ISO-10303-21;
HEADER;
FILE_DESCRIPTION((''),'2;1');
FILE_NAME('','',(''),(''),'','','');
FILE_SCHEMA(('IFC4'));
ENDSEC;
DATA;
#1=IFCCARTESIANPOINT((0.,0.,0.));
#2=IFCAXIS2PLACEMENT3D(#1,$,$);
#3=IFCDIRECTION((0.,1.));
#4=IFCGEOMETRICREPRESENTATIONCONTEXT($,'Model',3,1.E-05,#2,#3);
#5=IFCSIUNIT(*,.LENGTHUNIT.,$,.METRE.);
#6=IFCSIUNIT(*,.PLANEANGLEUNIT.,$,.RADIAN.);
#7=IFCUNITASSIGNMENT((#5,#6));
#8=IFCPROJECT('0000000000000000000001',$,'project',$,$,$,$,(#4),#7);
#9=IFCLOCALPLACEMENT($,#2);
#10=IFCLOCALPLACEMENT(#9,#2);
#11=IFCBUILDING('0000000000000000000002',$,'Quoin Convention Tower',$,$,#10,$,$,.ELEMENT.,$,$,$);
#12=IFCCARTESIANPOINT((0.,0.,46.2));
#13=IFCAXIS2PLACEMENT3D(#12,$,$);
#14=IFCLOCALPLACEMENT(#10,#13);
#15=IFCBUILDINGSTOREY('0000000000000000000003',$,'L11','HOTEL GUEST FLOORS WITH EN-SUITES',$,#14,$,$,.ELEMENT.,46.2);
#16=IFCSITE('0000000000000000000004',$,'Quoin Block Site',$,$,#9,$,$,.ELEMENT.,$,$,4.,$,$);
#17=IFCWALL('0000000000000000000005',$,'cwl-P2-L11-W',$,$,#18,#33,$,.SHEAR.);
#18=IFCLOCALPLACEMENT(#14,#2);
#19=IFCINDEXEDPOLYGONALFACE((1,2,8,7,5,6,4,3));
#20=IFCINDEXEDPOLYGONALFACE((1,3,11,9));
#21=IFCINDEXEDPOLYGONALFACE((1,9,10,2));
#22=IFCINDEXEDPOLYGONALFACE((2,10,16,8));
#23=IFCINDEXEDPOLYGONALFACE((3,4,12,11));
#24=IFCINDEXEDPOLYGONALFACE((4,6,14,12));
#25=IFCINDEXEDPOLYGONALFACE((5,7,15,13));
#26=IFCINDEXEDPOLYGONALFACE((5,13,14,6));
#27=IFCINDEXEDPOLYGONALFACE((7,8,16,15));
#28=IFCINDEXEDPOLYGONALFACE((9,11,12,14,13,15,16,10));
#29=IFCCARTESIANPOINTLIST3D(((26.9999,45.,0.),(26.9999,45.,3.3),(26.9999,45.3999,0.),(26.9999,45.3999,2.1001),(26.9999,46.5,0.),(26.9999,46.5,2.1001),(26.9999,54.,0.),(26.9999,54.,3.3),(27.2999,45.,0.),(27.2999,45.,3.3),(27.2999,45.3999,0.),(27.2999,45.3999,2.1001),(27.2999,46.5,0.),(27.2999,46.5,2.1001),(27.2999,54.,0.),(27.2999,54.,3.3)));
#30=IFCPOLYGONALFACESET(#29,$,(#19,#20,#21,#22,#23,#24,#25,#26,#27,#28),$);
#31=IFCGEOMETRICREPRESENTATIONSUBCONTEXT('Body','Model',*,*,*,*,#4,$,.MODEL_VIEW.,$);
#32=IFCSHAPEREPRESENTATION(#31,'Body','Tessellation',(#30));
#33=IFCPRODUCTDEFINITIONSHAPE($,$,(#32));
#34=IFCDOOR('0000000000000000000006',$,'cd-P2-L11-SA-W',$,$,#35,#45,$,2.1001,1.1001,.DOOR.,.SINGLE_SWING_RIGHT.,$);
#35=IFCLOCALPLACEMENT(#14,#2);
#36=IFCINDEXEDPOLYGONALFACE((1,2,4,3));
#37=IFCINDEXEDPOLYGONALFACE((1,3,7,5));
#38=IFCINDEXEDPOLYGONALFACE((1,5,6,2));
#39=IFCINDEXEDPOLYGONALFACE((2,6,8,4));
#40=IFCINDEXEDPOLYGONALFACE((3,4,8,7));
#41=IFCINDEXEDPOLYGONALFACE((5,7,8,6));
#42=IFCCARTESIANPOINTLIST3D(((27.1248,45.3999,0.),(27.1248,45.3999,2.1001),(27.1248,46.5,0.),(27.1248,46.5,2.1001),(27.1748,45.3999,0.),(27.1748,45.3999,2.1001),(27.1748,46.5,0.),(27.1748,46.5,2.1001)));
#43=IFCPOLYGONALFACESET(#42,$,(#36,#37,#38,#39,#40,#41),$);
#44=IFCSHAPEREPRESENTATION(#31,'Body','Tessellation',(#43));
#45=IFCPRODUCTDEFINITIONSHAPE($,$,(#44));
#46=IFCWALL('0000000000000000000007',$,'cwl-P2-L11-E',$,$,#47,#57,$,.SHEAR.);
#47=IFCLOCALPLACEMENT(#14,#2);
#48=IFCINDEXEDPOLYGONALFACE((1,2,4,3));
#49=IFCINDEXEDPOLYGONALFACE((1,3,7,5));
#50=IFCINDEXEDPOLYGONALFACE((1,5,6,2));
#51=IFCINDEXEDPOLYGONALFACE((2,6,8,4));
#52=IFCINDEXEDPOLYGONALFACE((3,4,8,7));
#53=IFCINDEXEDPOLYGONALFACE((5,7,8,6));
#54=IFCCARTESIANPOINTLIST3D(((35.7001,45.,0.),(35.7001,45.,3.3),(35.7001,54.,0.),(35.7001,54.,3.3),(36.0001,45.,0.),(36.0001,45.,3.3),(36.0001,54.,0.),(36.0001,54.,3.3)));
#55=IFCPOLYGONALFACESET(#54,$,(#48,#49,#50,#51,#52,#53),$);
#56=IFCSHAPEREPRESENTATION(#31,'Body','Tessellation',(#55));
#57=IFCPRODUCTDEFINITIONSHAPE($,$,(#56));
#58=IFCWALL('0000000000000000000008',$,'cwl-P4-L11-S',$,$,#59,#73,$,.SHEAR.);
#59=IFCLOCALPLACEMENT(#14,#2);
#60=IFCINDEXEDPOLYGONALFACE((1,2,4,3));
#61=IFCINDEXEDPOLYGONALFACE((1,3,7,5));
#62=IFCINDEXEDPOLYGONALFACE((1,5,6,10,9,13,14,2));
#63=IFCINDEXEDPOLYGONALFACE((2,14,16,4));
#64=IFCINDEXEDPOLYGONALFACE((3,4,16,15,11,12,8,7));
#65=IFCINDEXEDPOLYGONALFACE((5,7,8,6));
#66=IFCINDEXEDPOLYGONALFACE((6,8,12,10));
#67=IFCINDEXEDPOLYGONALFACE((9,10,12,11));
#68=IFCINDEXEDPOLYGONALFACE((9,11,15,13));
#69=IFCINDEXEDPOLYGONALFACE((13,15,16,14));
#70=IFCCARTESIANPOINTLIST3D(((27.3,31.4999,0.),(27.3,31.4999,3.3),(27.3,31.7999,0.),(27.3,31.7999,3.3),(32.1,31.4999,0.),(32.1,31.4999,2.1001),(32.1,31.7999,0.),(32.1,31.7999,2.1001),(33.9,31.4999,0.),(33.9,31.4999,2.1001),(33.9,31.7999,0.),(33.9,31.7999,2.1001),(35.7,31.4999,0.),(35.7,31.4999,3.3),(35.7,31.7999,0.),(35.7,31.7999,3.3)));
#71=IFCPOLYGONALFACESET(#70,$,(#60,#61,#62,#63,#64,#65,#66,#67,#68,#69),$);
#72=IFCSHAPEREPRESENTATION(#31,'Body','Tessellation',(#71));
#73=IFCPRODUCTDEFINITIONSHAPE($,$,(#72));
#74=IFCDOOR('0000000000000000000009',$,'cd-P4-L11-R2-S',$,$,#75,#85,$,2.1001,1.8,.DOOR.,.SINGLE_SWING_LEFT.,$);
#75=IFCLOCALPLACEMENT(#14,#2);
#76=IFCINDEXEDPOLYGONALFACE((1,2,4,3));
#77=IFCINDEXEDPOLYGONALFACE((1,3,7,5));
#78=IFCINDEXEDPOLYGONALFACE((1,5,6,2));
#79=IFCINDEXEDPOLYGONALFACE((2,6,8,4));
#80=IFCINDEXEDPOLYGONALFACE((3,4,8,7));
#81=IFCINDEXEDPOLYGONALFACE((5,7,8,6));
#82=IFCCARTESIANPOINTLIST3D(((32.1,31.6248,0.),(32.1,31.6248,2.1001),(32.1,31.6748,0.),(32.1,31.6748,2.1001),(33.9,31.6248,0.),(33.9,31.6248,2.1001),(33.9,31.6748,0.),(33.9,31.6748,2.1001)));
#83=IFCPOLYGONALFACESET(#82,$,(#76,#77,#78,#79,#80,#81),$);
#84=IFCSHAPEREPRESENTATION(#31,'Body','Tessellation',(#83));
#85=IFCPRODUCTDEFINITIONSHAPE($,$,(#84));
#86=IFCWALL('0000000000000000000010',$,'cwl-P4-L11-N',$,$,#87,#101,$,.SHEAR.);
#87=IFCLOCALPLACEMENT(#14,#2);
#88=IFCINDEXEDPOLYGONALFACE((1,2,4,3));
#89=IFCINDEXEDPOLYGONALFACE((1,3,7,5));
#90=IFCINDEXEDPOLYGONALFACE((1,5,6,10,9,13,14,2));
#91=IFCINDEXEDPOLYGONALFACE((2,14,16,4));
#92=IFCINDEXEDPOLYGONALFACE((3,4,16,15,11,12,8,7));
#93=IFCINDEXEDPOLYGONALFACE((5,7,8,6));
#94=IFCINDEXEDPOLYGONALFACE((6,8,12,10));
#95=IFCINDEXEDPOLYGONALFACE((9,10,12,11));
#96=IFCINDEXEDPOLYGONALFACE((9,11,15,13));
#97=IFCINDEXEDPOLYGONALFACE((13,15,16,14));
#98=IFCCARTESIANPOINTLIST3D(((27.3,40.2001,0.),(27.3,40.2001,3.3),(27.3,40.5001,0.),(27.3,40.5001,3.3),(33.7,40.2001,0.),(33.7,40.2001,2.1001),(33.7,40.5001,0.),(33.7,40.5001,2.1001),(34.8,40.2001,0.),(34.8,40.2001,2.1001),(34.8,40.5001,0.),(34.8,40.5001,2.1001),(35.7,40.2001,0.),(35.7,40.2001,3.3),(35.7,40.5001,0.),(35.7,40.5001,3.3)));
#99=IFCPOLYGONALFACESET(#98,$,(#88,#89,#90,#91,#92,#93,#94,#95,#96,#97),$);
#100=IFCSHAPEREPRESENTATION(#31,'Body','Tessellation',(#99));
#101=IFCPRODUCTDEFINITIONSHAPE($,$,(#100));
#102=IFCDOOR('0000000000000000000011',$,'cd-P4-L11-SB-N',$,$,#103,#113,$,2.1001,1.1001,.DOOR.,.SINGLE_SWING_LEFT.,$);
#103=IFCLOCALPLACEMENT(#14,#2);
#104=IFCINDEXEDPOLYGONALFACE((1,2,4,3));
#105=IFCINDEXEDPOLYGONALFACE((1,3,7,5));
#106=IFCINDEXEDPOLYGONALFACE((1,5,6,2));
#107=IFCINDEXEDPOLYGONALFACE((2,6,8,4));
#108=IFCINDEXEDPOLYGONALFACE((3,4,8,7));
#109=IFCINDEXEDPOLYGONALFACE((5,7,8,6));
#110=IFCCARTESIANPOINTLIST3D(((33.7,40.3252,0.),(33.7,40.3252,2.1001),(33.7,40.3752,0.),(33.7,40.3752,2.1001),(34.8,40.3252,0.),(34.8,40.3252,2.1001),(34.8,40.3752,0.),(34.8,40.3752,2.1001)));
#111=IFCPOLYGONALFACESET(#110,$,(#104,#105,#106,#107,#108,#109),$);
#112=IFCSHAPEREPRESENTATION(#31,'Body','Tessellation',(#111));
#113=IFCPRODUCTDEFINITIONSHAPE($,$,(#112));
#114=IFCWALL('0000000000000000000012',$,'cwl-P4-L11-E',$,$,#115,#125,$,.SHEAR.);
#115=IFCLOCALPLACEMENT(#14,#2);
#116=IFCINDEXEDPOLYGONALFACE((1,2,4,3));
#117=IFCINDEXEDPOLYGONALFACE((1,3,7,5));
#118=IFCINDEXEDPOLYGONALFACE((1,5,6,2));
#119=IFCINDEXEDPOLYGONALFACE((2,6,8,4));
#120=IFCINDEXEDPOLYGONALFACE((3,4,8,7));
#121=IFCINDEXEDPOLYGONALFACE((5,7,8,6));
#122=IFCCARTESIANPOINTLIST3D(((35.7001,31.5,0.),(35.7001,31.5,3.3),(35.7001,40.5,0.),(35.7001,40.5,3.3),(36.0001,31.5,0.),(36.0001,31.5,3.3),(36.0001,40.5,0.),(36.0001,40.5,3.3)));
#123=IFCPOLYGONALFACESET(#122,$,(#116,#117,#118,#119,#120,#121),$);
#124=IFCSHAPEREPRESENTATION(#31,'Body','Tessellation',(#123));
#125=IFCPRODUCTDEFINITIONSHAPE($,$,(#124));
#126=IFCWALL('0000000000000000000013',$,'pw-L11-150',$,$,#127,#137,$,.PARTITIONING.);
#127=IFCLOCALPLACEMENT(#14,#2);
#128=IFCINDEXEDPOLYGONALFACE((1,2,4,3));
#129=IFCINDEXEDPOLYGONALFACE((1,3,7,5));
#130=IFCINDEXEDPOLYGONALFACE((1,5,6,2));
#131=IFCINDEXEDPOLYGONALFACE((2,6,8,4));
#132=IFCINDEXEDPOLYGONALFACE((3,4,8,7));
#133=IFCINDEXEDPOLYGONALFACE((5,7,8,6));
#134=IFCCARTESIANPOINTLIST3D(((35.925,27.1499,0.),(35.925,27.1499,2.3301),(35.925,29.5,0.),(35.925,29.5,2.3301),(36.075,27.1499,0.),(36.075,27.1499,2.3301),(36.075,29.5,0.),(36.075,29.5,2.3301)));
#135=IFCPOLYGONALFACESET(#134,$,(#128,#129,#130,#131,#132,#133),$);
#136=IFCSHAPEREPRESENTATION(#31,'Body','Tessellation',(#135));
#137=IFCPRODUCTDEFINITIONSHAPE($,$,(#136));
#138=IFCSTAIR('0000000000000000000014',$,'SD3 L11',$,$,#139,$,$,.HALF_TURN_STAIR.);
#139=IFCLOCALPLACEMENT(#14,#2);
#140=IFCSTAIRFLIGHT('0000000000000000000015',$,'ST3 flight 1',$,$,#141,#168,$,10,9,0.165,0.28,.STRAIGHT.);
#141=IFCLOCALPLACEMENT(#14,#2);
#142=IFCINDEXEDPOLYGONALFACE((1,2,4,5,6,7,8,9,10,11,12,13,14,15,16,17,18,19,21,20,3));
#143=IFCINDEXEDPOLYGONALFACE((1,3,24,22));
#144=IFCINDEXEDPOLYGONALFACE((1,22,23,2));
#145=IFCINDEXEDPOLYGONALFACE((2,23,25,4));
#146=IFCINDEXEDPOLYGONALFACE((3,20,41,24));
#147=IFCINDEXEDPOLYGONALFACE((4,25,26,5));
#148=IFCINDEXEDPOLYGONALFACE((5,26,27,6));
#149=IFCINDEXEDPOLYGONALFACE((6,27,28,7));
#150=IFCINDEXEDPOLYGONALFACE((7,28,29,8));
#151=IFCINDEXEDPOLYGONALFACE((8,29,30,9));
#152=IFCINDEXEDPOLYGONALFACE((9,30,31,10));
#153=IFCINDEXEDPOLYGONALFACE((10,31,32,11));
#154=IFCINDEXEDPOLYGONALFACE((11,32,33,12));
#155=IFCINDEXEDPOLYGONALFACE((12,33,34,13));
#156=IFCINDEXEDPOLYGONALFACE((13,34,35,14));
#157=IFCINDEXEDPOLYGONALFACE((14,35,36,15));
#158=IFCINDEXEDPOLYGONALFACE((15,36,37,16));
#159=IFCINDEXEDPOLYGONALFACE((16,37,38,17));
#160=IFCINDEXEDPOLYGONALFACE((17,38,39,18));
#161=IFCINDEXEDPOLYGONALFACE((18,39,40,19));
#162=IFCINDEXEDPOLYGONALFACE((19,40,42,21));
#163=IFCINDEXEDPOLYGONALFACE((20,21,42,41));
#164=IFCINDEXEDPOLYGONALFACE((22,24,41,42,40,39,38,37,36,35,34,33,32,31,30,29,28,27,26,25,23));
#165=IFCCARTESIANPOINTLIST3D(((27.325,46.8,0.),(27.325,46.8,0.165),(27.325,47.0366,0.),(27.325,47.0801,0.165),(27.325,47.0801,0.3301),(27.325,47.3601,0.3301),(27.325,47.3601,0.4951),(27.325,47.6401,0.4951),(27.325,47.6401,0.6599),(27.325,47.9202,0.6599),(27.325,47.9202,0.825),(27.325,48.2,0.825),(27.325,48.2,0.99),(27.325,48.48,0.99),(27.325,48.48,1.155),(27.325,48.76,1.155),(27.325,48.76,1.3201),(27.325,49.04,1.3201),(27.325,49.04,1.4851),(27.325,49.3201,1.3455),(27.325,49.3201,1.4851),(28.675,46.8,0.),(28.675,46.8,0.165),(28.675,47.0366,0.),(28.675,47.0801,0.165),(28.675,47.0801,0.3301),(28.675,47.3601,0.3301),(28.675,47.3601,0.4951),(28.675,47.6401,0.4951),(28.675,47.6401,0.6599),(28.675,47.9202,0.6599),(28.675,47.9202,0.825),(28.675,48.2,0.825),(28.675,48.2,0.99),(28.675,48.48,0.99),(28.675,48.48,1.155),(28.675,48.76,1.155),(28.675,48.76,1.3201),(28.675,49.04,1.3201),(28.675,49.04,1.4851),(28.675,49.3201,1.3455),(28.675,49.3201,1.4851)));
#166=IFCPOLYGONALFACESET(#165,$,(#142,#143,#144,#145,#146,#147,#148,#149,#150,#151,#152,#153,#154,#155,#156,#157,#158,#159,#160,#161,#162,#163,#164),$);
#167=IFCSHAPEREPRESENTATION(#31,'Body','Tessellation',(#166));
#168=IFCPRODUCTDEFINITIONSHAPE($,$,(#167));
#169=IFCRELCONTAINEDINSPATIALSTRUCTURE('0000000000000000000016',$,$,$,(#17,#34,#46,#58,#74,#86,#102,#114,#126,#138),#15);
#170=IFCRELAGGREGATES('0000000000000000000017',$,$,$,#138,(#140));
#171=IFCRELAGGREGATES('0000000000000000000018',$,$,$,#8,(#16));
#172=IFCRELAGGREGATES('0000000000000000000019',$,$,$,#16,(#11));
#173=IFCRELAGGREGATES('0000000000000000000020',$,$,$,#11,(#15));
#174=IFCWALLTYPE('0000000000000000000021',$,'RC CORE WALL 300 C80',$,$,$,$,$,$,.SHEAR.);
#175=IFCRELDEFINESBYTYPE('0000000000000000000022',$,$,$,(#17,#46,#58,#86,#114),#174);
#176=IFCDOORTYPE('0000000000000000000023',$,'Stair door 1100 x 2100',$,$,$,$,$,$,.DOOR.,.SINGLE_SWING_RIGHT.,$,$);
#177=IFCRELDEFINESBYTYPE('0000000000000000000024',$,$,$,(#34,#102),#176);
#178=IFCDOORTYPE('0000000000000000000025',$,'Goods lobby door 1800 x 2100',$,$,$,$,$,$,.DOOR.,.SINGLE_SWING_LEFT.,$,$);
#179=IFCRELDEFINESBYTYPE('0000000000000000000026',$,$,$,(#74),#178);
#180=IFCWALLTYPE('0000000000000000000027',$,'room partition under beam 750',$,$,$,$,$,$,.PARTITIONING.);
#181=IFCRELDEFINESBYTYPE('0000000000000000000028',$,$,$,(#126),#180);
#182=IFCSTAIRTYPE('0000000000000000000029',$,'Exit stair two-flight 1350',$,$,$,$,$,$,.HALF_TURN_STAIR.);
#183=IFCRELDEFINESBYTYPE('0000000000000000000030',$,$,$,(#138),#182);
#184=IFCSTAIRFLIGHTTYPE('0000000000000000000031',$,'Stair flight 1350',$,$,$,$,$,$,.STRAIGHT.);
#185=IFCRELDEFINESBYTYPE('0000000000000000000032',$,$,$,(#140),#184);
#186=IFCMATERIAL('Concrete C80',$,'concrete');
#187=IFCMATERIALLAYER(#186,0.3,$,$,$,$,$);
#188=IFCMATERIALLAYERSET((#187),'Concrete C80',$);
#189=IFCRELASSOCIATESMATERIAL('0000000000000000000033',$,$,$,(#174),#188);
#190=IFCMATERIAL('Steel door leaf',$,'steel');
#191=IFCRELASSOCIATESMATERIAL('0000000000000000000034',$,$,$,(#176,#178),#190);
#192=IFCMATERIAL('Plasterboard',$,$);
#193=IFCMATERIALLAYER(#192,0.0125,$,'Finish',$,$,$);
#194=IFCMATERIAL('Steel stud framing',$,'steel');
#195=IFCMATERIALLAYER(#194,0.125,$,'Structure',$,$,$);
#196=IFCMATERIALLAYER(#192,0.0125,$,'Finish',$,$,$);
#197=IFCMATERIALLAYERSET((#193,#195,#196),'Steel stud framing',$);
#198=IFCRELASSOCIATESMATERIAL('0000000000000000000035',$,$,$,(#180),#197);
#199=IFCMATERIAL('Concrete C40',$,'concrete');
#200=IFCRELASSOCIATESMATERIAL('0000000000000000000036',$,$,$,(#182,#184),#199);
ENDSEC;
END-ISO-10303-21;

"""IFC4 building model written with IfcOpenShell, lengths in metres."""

from ifc_helpers import new_model, si_unit, direction, frame, frame_2d, origin, place, context, subcontext, project, spatial, polyline, rectangle, outline, extrude, material, layer, layer_set, type_object, element, fill, aggregate, save


model = new_model("IFC4")

# Units and contexts
model_context = context("Model", 3, precision=1e-05, world=origin(), true_north=direction((0.0, 1.0)))
body_context = subcontext(model_context, "Body", "Model", "MODEL_VIEW")
ifc_project = project(units=[si_unit("LENGTHUNIT", "METRE"), si_unit("PLANEANGLEUNIT", "RADIAN")], contexts=[model_context])

# Site, building, storey
site_placement = place(None, origin())
site = spatial("IfcSite", under=ifc_project, at=site_placement, Name="Quoin Block Site", CompositionType="ELEMENT", RefElevation=4.0)
building_placement = place(site_placement, origin())
building = spatial("IfcBuilding", under=site, at=building_placement, Name="Quoin Convention Tower", CompositionType="ELEMENT")
storey_placement = place(building_placement, frame((0.0, 0.0, 46.2)))
storey = spatial("IfcBuildingStorey", under=building, at=storey_placement, Name="L11", Description="HOTEL GUEST FLOORS WITH EN-SUITES", CompositionType="ELEMENT", Elevation=46.2)

# Shared definitions
ifc_material_1 = material(Name="Concrete C80", Category="concrete")

# Shared definitions
ifc_material_2 = material(Name="Steel door leaf", Category="steel")

# Wall, opening, door
ifc_layer_1 = layer(ifc_material_1, 0.3)
ifc_layer_set_1 = layer_set([ifc_layer_1], Name="Concrete C80")
wall_type_1 = type_object("IfcWallType", Name="RC CORE WALL 300 C80", PredefinedType="SHEAR", material=ifc_layer_set_1)
wall_1_placement = place(storey_placement, frame((27.1499, 45.0, 0.0), z_axis=(0.0, 0.0, 1.0), x_axis=(0.0, 1.0, 0.0)))
wall_1 = element("IfcWall", 1, at=wall_1_placement, inside=storey, type_object=wall_type_1, Name="cwl-P2-L11-W", PredefinedType="SHEAR", context=body_context, shape_type="SweptSolid", body=[
    extrude(rectangle(XDim=9.0, YDim=0.3, at=frame_2d((4.5, 0.0))), origin(), (0.0, 0.0, 1.0), 3.3),
])
opening_1_placement = place(wall_1_placement, frame((0.3999, 0.0, 0.0)))
opening_1 = element("IfcOpeningElement", 2, at=opening_1_placement, cuts=wall_1, PredefinedType="OPENING", context=body_context, shape_type="SweptSolid", body=[
    extrude(rectangle(XDim=1.1001, YDim=2.1001, at=frame_2d((0.55, 1.05))), frame((0.0, 0.1599, 0.0), z_axis=(0.0, -1.0, 0.0), x_axis=(1.0, 0.0, 0.0)), (0.0, 0.0, 1.0), 0.3201),
])
door_type_1 = type_object("IfcDoorType", Name="Stair door 1100 x 2100", OperationType="SINGLE_SWING_RIGHT", PredefinedType="DOOR", material=ifc_material_2)
door_1_placement = place(opening_1_placement, frame((1.1001, 0.0, 0.0), z_axis=(0.0, 0.0, 1.0), x_axis=(-1.0, 0.0, 0.0)))
door_1 = element("IfcDoor", 3, at=door_1_placement, inside=storey, type_object=door_type_1, Name="cd-P2-L11-SA-W", OperationType="SINGLE_SWING_RIGHT", OverallHeight=2.1001, OverallWidth=1.1001, PredefinedType="DOOR", context=body_context, shape_type="SweptSolid", body=[
    extrude(rectangle(XDim=1.1001, YDim=2.1001, at=frame_2d((0.55, 1.05))), frame((0.0, 0.0249, 0.0), z_axis=(0.0, -1.0, 0.0), x_axis=(1.0, 0.0, 0.0)), (0.0, 0.0, 1.0), 0.05),
])
fill(opening_1, door_1)

# Wall
wall_2_placement = place(storey_placement, frame((35.8501, 45.0, 0.0), z_axis=(0.0, 0.0, 1.0), x_axis=(0.0, 1.0, 0.0)))
element("IfcWall", 4, at=wall_2_placement, inside=storey, type_object=wall_type_1, Name="cwl-P2-L11-E", PredefinedType="SHEAR", context=body_context, shape_type="SweptSolid", body=[
    extrude(rectangle(XDim=9.0, YDim=0.3, at=frame_2d((4.5, 0.0))), origin(), (0.0, 0.0, 1.0), 3.3),
])

# Walls, openings, doors
wall_3_placement = place(storey_placement, frame((27.3, 31.6499, 0.0), z_axis=(0.0, 0.0, 1.0), x_axis=(1.0, 0.0, 0.0)))
wall_3 = element("IfcWall", 5, at=wall_3_placement, inside=storey, type_object=wall_type_1, Name="cwl-P4-L11-S", PredefinedType="SHEAR", context=body_context, shape_type="SweptSolid", body=[
    extrude(rectangle(XDim=8.3999, YDim=0.3, at=frame_2d((4.2, 0.0))), origin(), (0.0, 0.0, 1.0), 3.3),
])
opening_2_placement = place(wall_3_placement, frame((4.8, 0.0, 0.0)))
opening_2 = element("IfcOpeningElement", 6, at=opening_2_placement, cuts=wall_3, PredefinedType="OPENING", context=body_context, shape_type="SweptSolid", body=[
    extrude(rectangle(XDim=1.8, YDim=2.1001, at=frame_2d((0.8999, 1.05))), frame((0.0, 0.1599, 0.0), z_axis=(0.0, -1.0, 0.0), x_axis=(1.0, 0.0, 0.0)), (0.0, 0.0, 1.0), 0.3201),
])
door_type_2 = type_object("IfcDoorType", Name="Goods lobby door 1800 x 2100", OperationType="SINGLE_SWING_LEFT", PredefinedType="DOOR", material=ifc_material_2)
door_2_placement = place(opening_2_placement, origin())
door_2 = element("IfcDoor", 7, at=door_2_placement, inside=storey, type_object=door_type_2, Name="cd-P4-L11-R2-S", OperationType="SINGLE_SWING_LEFT", OverallHeight=2.1001, OverallWidth=1.8, PredefinedType="DOOR", context=body_context, shape_type="SweptSolid", body=[
    extrude(rectangle(XDim=1.8, YDim=2.1001, at=frame_2d((0.8999, 1.05))), frame((0.0, 0.0249, 0.0), z_axis=(0.0, -1.0, 0.0), x_axis=(1.0, 0.0, 0.0)), (0.0, 0.0, 1.0), 0.05),
])
fill(opening_2, door_2)
wall_4_placement = place(storey_placement, frame((27.3, 40.3501, 0.0), z_axis=(0.0, 0.0, 1.0), x_axis=(1.0, 0.0, 0.0)))
wall_4 = element("IfcWall", 8, at=wall_4_placement, inside=storey, type_object=wall_type_1, Name="cwl-P4-L11-N", PredefinedType="SHEAR", context=body_context, shape_type="SweptSolid", body=[
    extrude(rectangle(XDim=8.3999, YDim=0.3, at=frame_2d((4.2, 0.0))), origin(), (0.0, 0.0, 1.0), 3.3),
])
opening_3_placement = place(wall_4_placement, frame((6.3999, 0.0, 0.0)))
opening_3 = element("IfcOpeningElement", 9, at=opening_3_placement, cuts=wall_4, PredefinedType="OPENING", context=body_context, shape_type="SweptSolid", body=[
    extrude(rectangle(XDim=1.1001, YDim=2.1001, at=frame_2d((0.55, 1.05))), frame((0.0, 0.1599, 0.0), z_axis=(0.0, -1.0, 0.0), x_axis=(1.0, 0.0, 0.0)), (0.0, 0.0, 1.0), 0.3201),
])
door_3_placement = place(opening_3_placement, frame((1.1001, 0.0, 0.0), z_axis=(0.0, 0.0, 1.0), x_axis=(-1.0, 0.0, 0.0)))
door_3 = element("IfcDoor", 10, at=door_3_placement, inside=storey, type_object=door_type_1, Name="cd-P4-L11-SB-N", OperationType="SINGLE_SWING_LEFT", OverallHeight=2.1001, OverallWidth=1.1001, PredefinedType="DOOR", context=body_context, shape_type="SweptSolid", body=[
    extrude(rectangle(XDim=1.1001, YDim=2.1001, at=frame_2d((0.55, 1.05))), frame((0.0, 0.0249, 0.0), z_axis=(0.0, -1.0, 0.0), x_axis=(1.0, 0.0, 0.0)), (0.0, 0.0, 1.0), 0.05),
])
fill(opening_3, door_3)

# Walls
wall_5_placement = place(storey_placement, frame((35.8501, 31.5, 0.0), z_axis=(0.0, 0.0, 1.0), x_axis=(0.0, 1.0, 0.0)))
element("IfcWall", 11, at=wall_5_placement, inside=storey, type_object=wall_type_1, Name="cwl-P4-L11-E", PredefinedType="SHEAR", context=body_context, shape_type="SweptSolid", body=[
    extrude(rectangle(XDim=9.0, YDim=0.3, at=frame_2d((4.5, 0.0))), origin(), (0.0, 0.0, 1.0), 3.3),
])
ifc_material_3 = material(Name="Plasterboard")
ifc_layer_2 = layer(ifc_material_3, 0.0125, Name="Finish")
ifc_material_4 = material(Name="Steel stud framing", Category="steel")
ifc_layer_3 = layer(ifc_material_4, 0.125, Name="Structure")
ifc_layer_4 = layer(ifc_material_3, 0.0125, Name="Finish")
ifc_layer_set_2 = layer_set([ifc_layer_2, ifc_layer_3, ifc_layer_4], Name="Steel stud framing")
wall_type_2 = type_object("IfcWallType", Name="room partition under beam 750", PredefinedType="PARTITIONING", material=ifc_layer_set_2)
wall_6_placement = place(storey_placement, frame((36.0, 27.1499, 0.0), z_axis=(0.0, 0.0, 1.0), x_axis=(0.0, 1.0, 0.0)))
element("IfcWall", 12, at=wall_6_placement, inside=storey, type_object=wall_type_2, Name="pw-L11-150", PredefinedType="PARTITIONING", context=body_context, shape_type="SweptSolid", body=[
    extrude(rectangle(XDim=2.3501, YDim=0.1499, at=frame_2d((1.175, 0.0))), origin(), (0.0, 0.0, 1.0), 2.3301),
])

# Stair, stair flight
ifc_material_5 = material(Name="Concrete C40", Category="concrete")
stair_type = type_object("IfcStairType", Name="Exit stair two-flight 1350", PredefinedType="HALF_TURN_STAIR", material=ifc_material_5)
stair_1_placement = place(storey_placement, origin())
stair_1 = element("IfcStair", 13, at=stair_1_placement, inside=storey, type_object=stair_type, Name="SD3 L11", PredefinedType="HALF_TURN_STAIR")
stair_flight_type = type_object("IfcStairFlightType", Name="Stair flight 1350", PredefinedType="STRAIGHT", material=ifc_material_5)
stair_flight_1_placement = place(storey_placement, frame((28.0, 46.8, 0.0), z_axis=(0.0, 0.0, 1.0), x_axis=(0.0, 1.0, 0.0)))
stair_flight_1 = element("IfcStairFlight", 14, at=stair_flight_1_placement, type_object=stair_flight_type, Name="ST3 flight 1", NumberOfRisers=10, NumberOfTreads=9, PredefinedType="STRAIGHT", RiserHeight=0.165, TreadLength=0.28, context=body_context, shape_type="SweptSolid", body=[
    extrude(outline(polyline([(0.0, 0.0), (0.0, 0.165), (0.28, 0.165), (0.28, 0.3301), (0.5601, 0.3301), (0.5601, 0.4951), (0.8401, 0.4951), (0.8401, 0.6599), (1.1201, 0.6599), (1.1201, 0.825), (1.3999, 0.825), (1.3999, 0.99), (1.6799, 0.99), (1.6799, 1.155), (1.96, 1.155), (1.96, 1.3201), (2.24, 1.3201), (2.24, 1.4851), (2.52, 1.4851), (2.52, 1.6499), (2.52, 1.3455), (0.2366, 0.0), (0.0, 0.0)])), frame((0.0, 0.675, 0.0), z_axis=(0.0, -1.0, 0.0), x_axis=(1.0, 0.0, 0.0)), (0.0, 0.0, 1.0), 1.3501),
])
aggregate(stair_1, [stair_flight_1])

save(model, "model.ifc")
